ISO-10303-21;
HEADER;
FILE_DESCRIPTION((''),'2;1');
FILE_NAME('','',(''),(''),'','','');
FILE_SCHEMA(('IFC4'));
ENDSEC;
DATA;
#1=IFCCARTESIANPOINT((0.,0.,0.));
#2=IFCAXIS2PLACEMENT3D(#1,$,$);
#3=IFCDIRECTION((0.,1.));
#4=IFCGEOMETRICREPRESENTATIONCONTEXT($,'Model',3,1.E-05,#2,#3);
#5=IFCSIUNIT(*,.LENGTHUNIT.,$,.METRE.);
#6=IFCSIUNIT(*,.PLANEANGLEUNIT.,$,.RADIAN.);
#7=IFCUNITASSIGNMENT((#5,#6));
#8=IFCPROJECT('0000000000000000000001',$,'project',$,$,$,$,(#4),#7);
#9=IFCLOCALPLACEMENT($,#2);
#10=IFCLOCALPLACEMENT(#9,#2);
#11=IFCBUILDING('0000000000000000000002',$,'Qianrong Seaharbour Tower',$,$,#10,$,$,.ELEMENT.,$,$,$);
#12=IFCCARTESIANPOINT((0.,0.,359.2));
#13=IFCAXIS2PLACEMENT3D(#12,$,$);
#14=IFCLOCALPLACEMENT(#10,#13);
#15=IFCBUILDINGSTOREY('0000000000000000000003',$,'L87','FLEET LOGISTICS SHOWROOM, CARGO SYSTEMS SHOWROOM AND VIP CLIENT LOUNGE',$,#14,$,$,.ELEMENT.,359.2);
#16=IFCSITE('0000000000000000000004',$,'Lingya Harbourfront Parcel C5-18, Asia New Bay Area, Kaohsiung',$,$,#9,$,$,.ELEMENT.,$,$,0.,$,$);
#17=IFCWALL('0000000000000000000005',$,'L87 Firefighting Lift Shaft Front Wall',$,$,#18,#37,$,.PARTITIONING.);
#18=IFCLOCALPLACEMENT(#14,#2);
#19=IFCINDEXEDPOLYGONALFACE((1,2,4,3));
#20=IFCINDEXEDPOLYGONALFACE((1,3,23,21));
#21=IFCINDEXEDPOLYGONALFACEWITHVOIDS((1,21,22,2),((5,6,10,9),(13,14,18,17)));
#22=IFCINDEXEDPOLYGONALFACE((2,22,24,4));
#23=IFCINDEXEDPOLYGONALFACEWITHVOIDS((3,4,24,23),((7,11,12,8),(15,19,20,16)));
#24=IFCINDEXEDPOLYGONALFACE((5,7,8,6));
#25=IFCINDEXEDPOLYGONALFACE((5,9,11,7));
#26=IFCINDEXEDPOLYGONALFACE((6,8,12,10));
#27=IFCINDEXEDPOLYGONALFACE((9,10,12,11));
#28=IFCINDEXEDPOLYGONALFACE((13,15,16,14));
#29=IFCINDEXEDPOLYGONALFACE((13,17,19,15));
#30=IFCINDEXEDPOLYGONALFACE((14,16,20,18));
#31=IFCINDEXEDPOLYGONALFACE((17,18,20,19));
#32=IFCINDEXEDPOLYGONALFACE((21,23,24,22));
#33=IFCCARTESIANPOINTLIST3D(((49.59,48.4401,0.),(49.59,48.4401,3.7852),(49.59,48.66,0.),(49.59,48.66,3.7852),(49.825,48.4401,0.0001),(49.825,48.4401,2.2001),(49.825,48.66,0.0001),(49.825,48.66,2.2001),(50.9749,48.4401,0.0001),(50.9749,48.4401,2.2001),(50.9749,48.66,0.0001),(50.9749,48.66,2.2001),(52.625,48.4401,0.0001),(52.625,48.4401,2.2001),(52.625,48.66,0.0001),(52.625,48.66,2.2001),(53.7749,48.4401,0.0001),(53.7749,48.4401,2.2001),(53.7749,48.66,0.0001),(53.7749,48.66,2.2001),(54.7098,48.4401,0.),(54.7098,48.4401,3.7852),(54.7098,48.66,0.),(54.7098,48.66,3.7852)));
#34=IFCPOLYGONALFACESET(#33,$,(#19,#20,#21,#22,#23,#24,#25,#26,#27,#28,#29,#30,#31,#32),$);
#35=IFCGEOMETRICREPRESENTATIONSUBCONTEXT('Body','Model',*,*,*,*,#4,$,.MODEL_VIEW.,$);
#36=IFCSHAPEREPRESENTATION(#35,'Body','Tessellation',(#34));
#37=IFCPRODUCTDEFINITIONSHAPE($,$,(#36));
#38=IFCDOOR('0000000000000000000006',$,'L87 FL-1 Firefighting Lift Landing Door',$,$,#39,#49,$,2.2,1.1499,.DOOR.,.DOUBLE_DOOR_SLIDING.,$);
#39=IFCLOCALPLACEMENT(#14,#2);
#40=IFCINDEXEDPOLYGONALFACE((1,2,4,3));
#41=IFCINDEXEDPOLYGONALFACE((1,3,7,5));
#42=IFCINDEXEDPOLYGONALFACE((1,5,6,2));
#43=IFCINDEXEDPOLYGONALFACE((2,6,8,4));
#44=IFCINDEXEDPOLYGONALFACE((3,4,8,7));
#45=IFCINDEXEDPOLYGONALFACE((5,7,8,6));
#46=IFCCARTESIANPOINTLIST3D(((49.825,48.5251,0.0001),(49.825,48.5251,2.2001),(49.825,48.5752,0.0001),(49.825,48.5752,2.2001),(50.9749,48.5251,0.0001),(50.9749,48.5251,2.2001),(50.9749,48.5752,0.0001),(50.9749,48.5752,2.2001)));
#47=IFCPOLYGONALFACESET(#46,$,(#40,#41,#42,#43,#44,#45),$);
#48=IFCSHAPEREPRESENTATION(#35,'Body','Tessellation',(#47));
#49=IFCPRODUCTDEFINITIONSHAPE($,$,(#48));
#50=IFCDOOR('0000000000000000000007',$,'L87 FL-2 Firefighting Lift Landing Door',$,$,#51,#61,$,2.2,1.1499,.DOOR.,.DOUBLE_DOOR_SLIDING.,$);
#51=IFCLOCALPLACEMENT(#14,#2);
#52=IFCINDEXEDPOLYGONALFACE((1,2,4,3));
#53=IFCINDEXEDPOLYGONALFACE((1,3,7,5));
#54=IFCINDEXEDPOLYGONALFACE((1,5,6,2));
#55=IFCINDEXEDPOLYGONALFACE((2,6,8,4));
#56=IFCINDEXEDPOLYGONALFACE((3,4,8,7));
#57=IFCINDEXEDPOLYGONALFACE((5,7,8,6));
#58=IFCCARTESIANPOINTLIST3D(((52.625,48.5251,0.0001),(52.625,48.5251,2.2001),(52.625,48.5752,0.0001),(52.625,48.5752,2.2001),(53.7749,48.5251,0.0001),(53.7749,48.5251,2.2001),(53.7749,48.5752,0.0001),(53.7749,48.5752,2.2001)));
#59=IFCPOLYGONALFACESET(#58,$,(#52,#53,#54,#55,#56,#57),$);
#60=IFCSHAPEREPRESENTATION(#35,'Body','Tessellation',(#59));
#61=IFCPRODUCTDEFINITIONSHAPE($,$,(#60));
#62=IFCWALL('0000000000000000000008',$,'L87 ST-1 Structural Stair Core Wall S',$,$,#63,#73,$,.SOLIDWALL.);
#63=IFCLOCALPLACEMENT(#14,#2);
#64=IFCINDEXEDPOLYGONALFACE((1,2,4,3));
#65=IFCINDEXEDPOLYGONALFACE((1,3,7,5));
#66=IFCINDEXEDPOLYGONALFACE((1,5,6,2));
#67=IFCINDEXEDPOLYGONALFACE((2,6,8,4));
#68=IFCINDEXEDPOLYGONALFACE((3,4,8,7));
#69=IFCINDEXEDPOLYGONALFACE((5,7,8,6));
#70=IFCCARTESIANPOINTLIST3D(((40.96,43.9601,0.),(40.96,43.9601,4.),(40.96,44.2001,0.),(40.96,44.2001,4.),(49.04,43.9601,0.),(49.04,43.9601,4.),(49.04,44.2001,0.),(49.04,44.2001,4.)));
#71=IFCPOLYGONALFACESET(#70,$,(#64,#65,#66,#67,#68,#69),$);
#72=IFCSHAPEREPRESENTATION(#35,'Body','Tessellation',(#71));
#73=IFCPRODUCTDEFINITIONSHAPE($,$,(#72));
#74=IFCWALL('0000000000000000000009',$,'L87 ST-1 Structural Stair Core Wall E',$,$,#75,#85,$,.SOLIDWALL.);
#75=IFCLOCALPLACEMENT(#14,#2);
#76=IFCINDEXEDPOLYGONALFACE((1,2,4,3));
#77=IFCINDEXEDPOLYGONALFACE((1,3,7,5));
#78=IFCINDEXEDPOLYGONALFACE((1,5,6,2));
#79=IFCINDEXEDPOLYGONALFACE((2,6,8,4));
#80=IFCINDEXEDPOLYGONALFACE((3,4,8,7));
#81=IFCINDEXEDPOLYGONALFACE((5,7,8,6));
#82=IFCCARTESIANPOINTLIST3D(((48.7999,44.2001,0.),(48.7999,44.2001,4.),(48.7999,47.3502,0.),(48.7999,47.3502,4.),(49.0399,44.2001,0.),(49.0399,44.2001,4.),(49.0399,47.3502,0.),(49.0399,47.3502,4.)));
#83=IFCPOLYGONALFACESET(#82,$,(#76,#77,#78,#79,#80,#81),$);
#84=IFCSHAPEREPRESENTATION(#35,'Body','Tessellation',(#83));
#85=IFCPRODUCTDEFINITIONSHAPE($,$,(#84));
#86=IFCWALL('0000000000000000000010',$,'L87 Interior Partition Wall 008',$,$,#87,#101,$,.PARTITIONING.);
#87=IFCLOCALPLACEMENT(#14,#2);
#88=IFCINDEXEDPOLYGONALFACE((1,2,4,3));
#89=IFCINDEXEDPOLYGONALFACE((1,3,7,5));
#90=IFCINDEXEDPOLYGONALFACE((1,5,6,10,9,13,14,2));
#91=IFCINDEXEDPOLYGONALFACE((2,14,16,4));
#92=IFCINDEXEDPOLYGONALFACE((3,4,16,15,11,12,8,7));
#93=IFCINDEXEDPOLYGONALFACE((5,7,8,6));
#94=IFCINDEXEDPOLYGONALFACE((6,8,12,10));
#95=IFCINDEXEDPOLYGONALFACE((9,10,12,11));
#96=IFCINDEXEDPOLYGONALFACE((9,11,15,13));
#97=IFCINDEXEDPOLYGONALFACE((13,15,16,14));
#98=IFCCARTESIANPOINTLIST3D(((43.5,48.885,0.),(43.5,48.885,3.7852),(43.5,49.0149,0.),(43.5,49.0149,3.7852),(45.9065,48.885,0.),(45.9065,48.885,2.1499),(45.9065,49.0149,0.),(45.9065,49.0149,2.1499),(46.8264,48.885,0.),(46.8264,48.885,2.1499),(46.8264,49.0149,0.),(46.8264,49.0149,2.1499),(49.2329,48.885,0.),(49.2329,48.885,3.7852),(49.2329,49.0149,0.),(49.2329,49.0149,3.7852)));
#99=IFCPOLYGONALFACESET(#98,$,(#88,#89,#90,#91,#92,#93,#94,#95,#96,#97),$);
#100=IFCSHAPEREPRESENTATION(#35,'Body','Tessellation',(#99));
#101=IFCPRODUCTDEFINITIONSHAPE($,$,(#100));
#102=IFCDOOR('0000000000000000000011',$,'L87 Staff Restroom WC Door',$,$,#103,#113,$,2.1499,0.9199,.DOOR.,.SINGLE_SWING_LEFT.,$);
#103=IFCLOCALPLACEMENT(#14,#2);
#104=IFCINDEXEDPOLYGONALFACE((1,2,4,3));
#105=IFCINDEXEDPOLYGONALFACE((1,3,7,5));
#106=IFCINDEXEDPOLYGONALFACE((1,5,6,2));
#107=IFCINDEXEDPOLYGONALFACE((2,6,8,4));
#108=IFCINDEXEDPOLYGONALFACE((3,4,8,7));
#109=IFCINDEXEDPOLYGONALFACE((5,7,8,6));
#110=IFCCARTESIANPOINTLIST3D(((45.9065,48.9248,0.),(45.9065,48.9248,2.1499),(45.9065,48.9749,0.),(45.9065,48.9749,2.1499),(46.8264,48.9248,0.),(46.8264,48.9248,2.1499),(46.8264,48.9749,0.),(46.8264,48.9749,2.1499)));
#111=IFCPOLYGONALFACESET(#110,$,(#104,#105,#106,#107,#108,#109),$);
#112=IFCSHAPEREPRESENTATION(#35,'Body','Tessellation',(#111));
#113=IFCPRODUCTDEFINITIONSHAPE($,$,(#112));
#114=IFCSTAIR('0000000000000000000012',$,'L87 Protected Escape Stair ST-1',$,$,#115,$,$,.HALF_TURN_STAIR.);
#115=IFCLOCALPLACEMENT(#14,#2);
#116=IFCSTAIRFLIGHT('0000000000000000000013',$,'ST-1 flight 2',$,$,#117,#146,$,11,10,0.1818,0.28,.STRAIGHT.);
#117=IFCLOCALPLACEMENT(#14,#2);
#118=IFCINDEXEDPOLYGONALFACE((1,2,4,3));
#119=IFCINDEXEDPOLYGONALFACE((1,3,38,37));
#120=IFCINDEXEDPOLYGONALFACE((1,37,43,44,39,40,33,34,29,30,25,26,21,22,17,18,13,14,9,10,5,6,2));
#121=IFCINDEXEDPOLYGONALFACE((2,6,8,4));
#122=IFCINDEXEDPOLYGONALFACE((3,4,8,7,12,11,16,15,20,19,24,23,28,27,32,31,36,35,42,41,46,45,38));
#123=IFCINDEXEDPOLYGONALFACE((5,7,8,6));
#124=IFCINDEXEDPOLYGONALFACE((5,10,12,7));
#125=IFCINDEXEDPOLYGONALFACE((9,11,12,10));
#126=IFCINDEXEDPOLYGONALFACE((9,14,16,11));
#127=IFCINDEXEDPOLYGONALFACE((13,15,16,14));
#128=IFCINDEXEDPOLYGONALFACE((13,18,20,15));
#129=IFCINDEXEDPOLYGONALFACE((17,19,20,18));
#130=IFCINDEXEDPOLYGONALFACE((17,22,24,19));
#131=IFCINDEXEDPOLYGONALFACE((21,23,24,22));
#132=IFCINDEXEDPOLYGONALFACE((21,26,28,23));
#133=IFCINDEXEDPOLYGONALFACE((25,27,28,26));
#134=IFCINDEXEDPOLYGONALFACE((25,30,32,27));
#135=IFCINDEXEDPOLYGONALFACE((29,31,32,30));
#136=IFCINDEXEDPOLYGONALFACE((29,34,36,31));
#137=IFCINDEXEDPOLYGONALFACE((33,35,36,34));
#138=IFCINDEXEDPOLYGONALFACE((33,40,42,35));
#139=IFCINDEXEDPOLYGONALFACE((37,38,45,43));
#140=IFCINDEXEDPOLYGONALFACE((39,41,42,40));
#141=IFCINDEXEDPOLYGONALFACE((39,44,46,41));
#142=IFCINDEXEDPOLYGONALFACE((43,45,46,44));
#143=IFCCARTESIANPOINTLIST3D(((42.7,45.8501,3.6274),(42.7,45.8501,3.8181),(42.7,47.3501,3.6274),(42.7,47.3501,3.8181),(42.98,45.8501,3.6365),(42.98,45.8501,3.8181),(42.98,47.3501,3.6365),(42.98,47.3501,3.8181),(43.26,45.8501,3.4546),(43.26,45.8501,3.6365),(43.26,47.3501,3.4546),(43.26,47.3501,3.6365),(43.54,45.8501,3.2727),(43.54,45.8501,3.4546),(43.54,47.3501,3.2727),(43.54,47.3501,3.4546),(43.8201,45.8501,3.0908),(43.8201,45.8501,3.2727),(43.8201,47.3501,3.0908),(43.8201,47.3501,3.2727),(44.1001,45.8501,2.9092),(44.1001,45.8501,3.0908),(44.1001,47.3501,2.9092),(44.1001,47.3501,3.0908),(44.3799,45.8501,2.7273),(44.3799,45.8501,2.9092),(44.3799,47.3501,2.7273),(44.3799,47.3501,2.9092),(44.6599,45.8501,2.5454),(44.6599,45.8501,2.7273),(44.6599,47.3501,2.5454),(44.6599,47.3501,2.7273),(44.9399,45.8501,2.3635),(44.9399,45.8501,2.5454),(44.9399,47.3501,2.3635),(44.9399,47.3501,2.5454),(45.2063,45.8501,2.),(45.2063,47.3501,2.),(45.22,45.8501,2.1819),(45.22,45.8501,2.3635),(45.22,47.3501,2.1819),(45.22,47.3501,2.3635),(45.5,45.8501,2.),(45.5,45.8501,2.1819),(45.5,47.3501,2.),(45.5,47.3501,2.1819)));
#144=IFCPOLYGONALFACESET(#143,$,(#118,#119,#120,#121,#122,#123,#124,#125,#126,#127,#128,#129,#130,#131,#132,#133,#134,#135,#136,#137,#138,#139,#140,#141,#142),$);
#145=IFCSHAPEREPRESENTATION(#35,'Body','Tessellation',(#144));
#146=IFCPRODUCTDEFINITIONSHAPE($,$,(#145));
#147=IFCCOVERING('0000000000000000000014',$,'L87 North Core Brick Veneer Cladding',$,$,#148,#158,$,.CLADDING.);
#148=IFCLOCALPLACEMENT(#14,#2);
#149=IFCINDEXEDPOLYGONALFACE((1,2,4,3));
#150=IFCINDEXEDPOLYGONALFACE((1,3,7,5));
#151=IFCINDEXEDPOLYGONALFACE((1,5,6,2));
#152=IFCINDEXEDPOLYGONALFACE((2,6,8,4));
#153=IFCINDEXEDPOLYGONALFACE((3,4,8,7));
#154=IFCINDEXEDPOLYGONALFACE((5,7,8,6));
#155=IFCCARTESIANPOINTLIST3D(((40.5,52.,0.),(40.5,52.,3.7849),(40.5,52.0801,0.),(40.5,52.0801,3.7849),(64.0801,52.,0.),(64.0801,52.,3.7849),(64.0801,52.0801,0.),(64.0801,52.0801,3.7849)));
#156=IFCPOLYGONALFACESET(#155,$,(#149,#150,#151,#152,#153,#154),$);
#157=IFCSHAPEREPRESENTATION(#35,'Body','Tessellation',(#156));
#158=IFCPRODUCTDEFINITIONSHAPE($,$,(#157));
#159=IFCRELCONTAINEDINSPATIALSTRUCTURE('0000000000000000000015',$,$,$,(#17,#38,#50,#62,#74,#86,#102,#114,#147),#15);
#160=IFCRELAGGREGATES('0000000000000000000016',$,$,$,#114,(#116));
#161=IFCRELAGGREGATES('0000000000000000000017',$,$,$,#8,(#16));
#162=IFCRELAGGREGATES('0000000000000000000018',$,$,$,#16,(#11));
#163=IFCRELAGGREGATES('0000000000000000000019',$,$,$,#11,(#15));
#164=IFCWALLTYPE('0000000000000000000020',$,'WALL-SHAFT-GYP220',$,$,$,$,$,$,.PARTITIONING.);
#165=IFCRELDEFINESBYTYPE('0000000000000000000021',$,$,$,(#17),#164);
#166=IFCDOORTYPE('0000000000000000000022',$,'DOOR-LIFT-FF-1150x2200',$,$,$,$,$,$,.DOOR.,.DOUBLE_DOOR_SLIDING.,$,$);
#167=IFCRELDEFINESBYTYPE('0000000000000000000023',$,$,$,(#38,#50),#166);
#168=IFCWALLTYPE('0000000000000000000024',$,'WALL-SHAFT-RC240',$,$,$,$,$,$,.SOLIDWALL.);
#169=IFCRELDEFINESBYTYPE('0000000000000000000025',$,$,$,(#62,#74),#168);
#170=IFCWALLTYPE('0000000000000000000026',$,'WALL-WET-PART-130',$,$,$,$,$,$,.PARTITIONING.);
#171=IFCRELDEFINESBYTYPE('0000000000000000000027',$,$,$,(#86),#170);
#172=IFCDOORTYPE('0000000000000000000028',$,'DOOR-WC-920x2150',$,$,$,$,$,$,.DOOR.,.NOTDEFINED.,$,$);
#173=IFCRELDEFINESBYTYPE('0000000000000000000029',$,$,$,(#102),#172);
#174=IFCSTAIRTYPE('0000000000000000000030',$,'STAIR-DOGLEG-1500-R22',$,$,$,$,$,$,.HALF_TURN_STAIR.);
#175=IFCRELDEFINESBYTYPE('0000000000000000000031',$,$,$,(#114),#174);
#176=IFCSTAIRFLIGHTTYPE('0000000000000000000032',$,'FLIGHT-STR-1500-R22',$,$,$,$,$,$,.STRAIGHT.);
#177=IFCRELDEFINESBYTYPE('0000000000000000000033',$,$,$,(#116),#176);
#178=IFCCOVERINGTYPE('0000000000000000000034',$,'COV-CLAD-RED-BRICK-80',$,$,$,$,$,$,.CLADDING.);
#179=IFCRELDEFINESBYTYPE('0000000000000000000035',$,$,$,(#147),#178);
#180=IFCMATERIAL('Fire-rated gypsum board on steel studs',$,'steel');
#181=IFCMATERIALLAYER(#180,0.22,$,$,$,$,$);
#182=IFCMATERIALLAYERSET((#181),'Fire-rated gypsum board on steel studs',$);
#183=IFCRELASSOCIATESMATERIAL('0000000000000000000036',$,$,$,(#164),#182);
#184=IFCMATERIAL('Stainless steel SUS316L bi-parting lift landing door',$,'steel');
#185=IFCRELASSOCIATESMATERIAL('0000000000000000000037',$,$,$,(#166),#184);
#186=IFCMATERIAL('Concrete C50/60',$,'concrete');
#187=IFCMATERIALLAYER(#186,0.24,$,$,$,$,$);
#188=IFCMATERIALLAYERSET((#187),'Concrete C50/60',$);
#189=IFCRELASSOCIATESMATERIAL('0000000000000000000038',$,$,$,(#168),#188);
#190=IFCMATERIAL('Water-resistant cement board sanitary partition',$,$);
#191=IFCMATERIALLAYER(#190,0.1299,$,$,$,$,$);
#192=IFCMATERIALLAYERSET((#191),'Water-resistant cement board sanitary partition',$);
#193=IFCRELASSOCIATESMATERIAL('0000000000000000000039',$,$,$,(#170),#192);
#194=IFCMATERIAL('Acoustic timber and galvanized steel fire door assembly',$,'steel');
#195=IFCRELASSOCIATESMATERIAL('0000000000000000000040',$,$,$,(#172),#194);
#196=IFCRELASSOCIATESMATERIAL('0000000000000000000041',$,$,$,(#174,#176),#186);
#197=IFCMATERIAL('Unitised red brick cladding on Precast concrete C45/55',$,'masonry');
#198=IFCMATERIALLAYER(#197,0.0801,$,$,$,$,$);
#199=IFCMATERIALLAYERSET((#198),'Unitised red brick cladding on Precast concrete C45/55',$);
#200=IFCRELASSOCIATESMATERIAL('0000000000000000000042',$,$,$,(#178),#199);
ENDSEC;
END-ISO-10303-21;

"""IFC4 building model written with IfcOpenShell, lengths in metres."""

from ifc_helpers import new_model, si_unit, direction, frame, frame_2d, origin, origin_2d, place, context, subcontext, project, spatial, polyline, rectangle, outline, extrude, material, layer, layer_set, type_object, element, fill, aggregate, save


model = new_model("IFC4")

# Units and contexts
model_context = context("Model", 3, precision=1e-05, world=origin(), true_north=direction((0.0, 1.0)))
body_context = subcontext(model_context, "Body", "Model", "MODEL_VIEW")
ifc_project = project(units=[si_unit("LENGTHUNIT", "METRE"), si_unit("PLANEANGLEUNIT", "RADIAN")], contexts=[model_context])

# Site, building, storey
site_placement = place(None, origin())
site = spatial("IfcSite", under=ifc_project, at=site_placement, Name="Lingya Harbourfront Parcel C5-18, Asia New Bay Area, Kaohsiung", CompositionType="ELEMENT", RefElevation=0.0)
building_placement = place(site_placement, origin())
building = spatial("IfcBuilding", under=site, at=building_placement, Name="Qianrong Seaharbour Tower", CompositionType="ELEMENT")
storey_placement = place(building_placement, frame((0.0, 0.0, 359.2)))
storey = spatial("IfcBuildingStorey", under=building, at=storey_placement, Name="L87", Description="FLEET LOGISTICS SHOWROOM, CARGO SYSTEMS SHOWROOM AND VIP CLIENT LOUNGE", CompositionType="ELEMENT", Elevation=359.2)

# Shared definitions
ifc_material_1 = material(Name="Concrete C50/60", Category="concrete")

# Shared definitions
ifc_material_2 = material(Name="Acoustic timber and galvanized steel fire door assembly", Category="steel")

# Shared definitions
ifc_material_3 = material(Name="Fire-rated gypsum board on steel studs", Category="steel")

# Wall, openings, doors
ifc_layer_1 = layer(ifc_material_3, 0.22)
ifc_layer_set_1 = layer_set([ifc_layer_1], Name="Fire-rated gypsum board on steel studs")
wall_type_1 = type_object("IfcWallType", Name="WALL-SHAFT-GYP220", PredefinedType="PARTITIONING", material=ifc_layer_set_1)
wall_1_placement = place(storey_placement, frame((54.71, 48.55, 0.0), z_axis=(0.0, 0.0, 1.0), x_axis=(-1.0, 0.0, 0.0)))
wall_1 = element("IfcWall", 1, at=wall_1_placement, inside=storey, type_object=wall_type_1, Name="L87 Firefighting Lift Shaft Front Wall", PredefinedType="PARTITIONING", context=body_context, shape_type="SweptSolid", body=[
    extrude(rectangle(XDim=5.1199, YDim=0.22, at=frame_2d((2.5601, 0.0))), origin(), (0.0, 0.0, 1.0), 3.7852),
])
opening_1_placement = place(wall_1_placement, frame((3.7351, 0.0, 0.0)))
opening_1 = element("IfcOpeningElement", 2, at=opening_1_placement, cuts=wall_1, PredefinedType="OPENING", context=body_context, shape_type="SweptSolid", body=[
    extrude(rectangle(XDim=1.1499, YDim=2.2, at=frame_2d((0.575, 1.1001))), frame((0.0, 0.1201, 0.0), z_axis=(0.0, -1.0, 0.0), x_axis=(1.0, 0.0, 0.0)), (0.0, 0.0, 1.0), 0.24),
])
opening_2_placement = place(wall_1_placement, frame((0.9351, 0.0, 0.0)))
opening_2 = element("IfcOpeningElement", 3, at=opening_2_placement, cuts=wall_1, PredefinedType="OPENING", context=body_context, shape_type="SweptSolid", body=[
    extrude(rectangle(XDim=1.1499, YDim=2.2, at=frame_2d((0.575, 1.1001))), frame((0.0, 0.1201, 0.0), z_axis=(0.0, -1.0, 0.0), x_axis=(1.0, 0.0, 0.0)), (0.0, 0.0, 1.0), 0.24),
])
ifc_material_4 = material(Name="Stainless steel SUS316L bi-parting lift landing door", Category="steel")
door_type_1 = type_object("IfcDoorType", Name="DOOR-LIFT-FF-1150x2200", OperationType="DOUBLE_DOOR_SLIDING", PredefinedType="DOOR", material=ifc_material_4)
door_1_placement = place(opening_1_placement, origin())
door_1 = element("IfcDoor", 4, at=door_1_placement, inside=storey, type_object=door_type_1, Name="L87 FL-1 Firefighting Lift Landing Door", OperationType="DOUBLE_DOOR_SLIDING", OverallHeight=2.2, OverallWidth=1.1499, PredefinedType="DOOR", context=body_context, shape_type="SweptSolid", body=[
    extrude(rectangle(XDim=1.1499, YDim=2.2, at=frame_2d((0.575, 1.1001))), frame((0.0, 0.0249, 0.0), z_axis=(0.0, -1.0, 0.0), x_axis=(1.0, 0.0, 0.0)), (0.0, 0.0, 1.0), 0.05),
])
fill(opening_1, door_1)
door_2_placement = place(opening_2_placement, origin())
door_2 = element("IfcDoor", 5, at=door_2_placement, inside=storey, type_object=door_type_1, Name="L87 FL-2 Firefighting Lift Landing Door", OperationType="DOUBLE_DOOR_SLIDING", OverallHeight=2.2, OverallWidth=1.1499, PredefinedType="DOOR", context=body_context, shape_type="SweptSolid", body=[
    extrude(rectangle(XDim=1.1499, YDim=2.2, at=frame_2d((0.575, 1.1001))), frame((0.0, 0.0249, 0.0), z_axis=(0.0, -1.0, 0.0), x_axis=(1.0, 0.0, 0.0)), (0.0, 0.0, 1.0), 0.05),
])
fill(opening_2, door_2)

# Walls
ifc_layer_2 = layer(ifc_material_1, 0.24)
ifc_layer_set_2 = layer_set([ifc_layer_2], Name="Concrete C50/60")
wall_type_2 = type_object("IfcWallType", Name="WALL-SHAFT-RC240", PredefinedType="SOLIDWALL", material=ifc_layer_set_2)
wall_2_placement = place(storey_placement, frame((49.04, 44.0801, 0.0), z_axis=(0.0, 0.0, 1.0), x_axis=(-1.0, 0.0, 0.0)))
element("IfcWall", 6, at=wall_2_placement, inside=storey, type_object=wall_type_2, Name="L87 ST-1 Structural Stair Core Wall S", PredefinedType="SOLIDWALL", context=body_context, shape_type="SweptSolid", body=[
    extrude(rectangle(XDim=8.0801, YDim=0.24, at=frame_2d((4.04, 0.0))), origin(), (0.0, 0.0, 1.0), 4.0),
])
wall_3_placement = place(storey_placement, frame((48.9199, 44.2, 0.0), z_axis=(0.0, 0.0, 1.0), x_axis=(0.0, 1.0, 0.0)))
element("IfcWall", 7, at=wall_3_placement, inside=storey, type_object=wall_type_2, Name="L87 ST-1 Structural Stair Core Wall E", PredefinedType="SOLIDWALL", context=body_context, shape_type="SweptSolid", body=[
    extrude(rectangle(XDim=3.1501, YDim=0.24, at=frame_2d((1.5752, 0.0))), origin(), (0.0, 0.0, 1.0), 4.0),
])

# Wall, opening, door
ifc_material_5 = material(Name="Water-resistant cement board sanitary partition")
ifc_layer_3 = layer(ifc_material_5, 0.1299)
ifc_layer_set_3 = layer_set([ifc_layer_3], Name="Water-resistant cement board sanitary partition")
wall_type_3 = type_object("IfcWallType", Name="WALL-WET-PART-130", PredefinedType="PARTITIONING", material=ifc_layer_set_3)
wall_4_placement = place(storey_placement, frame((43.5, 48.95, 0.0), z_axis=(0.0, 0.0, 1.0), x_axis=(1.0, 0.0, 0.0)))
wall_4 = element("IfcWall", 8, at=wall_4_placement, inside=storey, type_object=wall_type_3, Name="L87 Interior Partition Wall 008", PredefinedType="PARTITIONING", context=body_context, shape_type="SweptSolid", body=[
    extrude(rectangle(XDim=5.7329, YDim=0.1299, at=frame_2d((2.8665, 0.0))), origin(), (0.0, 0.0, 1.0), 3.7852),
])
opening_3_placement = place(wall_4_placement, frame((2.4065, 0.0, 0.0)))
opening_3 = element("IfcOpeningElement", 9, at=opening_3_placement, cuts=wall_4, PredefinedType="OPENING", context=body_context, shape_type="SweptSolid", body=[
    extrude(rectangle(XDim=0.9199, YDim=2.1499, at=frame_2d((0.46, 1.075))), frame((0.0, 0.075, 0.0), z_axis=(0.0, -1.0, 0.0), x_axis=(1.0, 0.0, 0.0)), (0.0, 0.0, 1.0), 0.1499),
])
door_type_2 = type_object("IfcDoorType", Name="DOOR-WC-920x2150", OperationType="NOTDEFINED", PredefinedType="DOOR", material=ifc_material_2)
door_3_placement = place(opening_3_placement, origin())
door_3 = element("IfcDoor", 10, at=door_3_placement, inside=storey, type_object=door_type_2, Name="L87 Staff Restroom WC Door", OperationType="SINGLE_SWING_LEFT", OverallHeight=2.1499, OverallWidth=0.9199, PredefinedType="DOOR", context=body_context, shape_type="SweptSolid", body=[
    extrude(rectangle(XDim=0.9199, YDim=2.1499, at=frame_2d((0.46, 1.075))), frame((0.0, 0.0249, 0.0), z_axis=(0.0, -1.0, 0.0), x_axis=(1.0, 0.0, 0.0)), (0.0, 0.0, 1.0), 0.05),
])
fill(opening_3, door_3)

# Stair, stair flight
stair_type = type_object("IfcStairType", Name="STAIR-DOGLEG-1500-R22", PredefinedType="HALF_TURN_STAIR", material=ifc_material_1)
stair_placement = place(storey_placement, origin())
stair = element("IfcStair", 11, at=stair_placement, inside=storey, type_object=stair_type, Name="L87 Protected Escape Stair ST-1", PredefinedType="HALF_TURN_STAIR")
stair_flight_type = type_object("IfcStairFlightType", Name="FLIGHT-STR-1500-R22", PredefinedType="STRAIGHT", material=ifc_material_1)
stair_flight_placement = place(storey_placement, frame((45.5, 46.6001, 2.0), z_axis=(0.0, 0.0, 1.0), x_axis=(-1.0, 0.0, 0.0)))
stair_flight = element("IfcStairFlight", 12, at=stair_flight_placement, type_object=stair_flight_type, Name="ST-1 flight 2", NumberOfRisers=11, NumberOfTreads=10, PredefinedType="STRAIGHT", RiserHeight=0.1818, TreadLength=0.28, context=body_context, shape_type="SweptSolid", body=[
    extrude(outline(polyline([(0.0, 0.0), (0.0, 0.1819), (0.28, 0.1819), (0.28, 0.3635), (0.5601, 0.3635), (0.5601, 0.5454), (0.8401, 0.5454), (0.8401, 0.7273), (1.1201, 0.7273), (1.1201, 0.9092), (1.3999, 0.9092), (1.3999, 1.0908), (1.6799, 1.0908), (1.6799, 1.2727), (1.96, 1.2727), (1.96, 1.4546), (2.24, 1.4546), (2.24, 1.6365), (2.52, 1.6365), (2.52, 1.8181), (2.8, 1.8181), (2.8, 2.0), (2.8, 1.6274), (0.2937, 0.0), (0.0, 0.0)])), frame((0.0, 0.75, 0.0), z_axis=(0.0, -1.0, 0.0), x_axis=(1.0, 0.0, 0.0)), (0.0, 0.0, 1.0), 1.5),
])
aggregate(stair, [stair_flight])

# Covering
ifc_material_6 = material(Name="Unitised red brick cladding on Precast concrete C45/55", Category="masonry")
ifc_layer_4 = layer(ifc_material_6, 0.0801)
ifc_layer_set_4 = layer_set([ifc_layer_4], Name="Unitised red brick cladding on Precast concrete C45/55")
covering_type = type_object("IfcCoveringType", Name="COV-CLAD-RED-BRICK-80", PredefinedType="CLADDING", material=ifc_layer_set_4)
covering_placement = place(storey_placement, frame((52.29, 52.04, 0.0), z_axis=(0.0, 0.0, 1.0), x_axis=(1.0, 0.0, 0.0)))
element("IfcCovering", 13, at=covering_placement, inside=storey, type_object=covering_type, Name="L87 North Core Brick Veneer Cladding", PredefinedType="CLADDING", context=body_context, shape_type="SweptSolid", body=[
    extrude(rectangle(XDim=23.5801, YDim=0.0801, at=origin_2d()), origin(), (0.0, 0.0, 1.0), 3.7849),
])

save(model, "model.ifc")
